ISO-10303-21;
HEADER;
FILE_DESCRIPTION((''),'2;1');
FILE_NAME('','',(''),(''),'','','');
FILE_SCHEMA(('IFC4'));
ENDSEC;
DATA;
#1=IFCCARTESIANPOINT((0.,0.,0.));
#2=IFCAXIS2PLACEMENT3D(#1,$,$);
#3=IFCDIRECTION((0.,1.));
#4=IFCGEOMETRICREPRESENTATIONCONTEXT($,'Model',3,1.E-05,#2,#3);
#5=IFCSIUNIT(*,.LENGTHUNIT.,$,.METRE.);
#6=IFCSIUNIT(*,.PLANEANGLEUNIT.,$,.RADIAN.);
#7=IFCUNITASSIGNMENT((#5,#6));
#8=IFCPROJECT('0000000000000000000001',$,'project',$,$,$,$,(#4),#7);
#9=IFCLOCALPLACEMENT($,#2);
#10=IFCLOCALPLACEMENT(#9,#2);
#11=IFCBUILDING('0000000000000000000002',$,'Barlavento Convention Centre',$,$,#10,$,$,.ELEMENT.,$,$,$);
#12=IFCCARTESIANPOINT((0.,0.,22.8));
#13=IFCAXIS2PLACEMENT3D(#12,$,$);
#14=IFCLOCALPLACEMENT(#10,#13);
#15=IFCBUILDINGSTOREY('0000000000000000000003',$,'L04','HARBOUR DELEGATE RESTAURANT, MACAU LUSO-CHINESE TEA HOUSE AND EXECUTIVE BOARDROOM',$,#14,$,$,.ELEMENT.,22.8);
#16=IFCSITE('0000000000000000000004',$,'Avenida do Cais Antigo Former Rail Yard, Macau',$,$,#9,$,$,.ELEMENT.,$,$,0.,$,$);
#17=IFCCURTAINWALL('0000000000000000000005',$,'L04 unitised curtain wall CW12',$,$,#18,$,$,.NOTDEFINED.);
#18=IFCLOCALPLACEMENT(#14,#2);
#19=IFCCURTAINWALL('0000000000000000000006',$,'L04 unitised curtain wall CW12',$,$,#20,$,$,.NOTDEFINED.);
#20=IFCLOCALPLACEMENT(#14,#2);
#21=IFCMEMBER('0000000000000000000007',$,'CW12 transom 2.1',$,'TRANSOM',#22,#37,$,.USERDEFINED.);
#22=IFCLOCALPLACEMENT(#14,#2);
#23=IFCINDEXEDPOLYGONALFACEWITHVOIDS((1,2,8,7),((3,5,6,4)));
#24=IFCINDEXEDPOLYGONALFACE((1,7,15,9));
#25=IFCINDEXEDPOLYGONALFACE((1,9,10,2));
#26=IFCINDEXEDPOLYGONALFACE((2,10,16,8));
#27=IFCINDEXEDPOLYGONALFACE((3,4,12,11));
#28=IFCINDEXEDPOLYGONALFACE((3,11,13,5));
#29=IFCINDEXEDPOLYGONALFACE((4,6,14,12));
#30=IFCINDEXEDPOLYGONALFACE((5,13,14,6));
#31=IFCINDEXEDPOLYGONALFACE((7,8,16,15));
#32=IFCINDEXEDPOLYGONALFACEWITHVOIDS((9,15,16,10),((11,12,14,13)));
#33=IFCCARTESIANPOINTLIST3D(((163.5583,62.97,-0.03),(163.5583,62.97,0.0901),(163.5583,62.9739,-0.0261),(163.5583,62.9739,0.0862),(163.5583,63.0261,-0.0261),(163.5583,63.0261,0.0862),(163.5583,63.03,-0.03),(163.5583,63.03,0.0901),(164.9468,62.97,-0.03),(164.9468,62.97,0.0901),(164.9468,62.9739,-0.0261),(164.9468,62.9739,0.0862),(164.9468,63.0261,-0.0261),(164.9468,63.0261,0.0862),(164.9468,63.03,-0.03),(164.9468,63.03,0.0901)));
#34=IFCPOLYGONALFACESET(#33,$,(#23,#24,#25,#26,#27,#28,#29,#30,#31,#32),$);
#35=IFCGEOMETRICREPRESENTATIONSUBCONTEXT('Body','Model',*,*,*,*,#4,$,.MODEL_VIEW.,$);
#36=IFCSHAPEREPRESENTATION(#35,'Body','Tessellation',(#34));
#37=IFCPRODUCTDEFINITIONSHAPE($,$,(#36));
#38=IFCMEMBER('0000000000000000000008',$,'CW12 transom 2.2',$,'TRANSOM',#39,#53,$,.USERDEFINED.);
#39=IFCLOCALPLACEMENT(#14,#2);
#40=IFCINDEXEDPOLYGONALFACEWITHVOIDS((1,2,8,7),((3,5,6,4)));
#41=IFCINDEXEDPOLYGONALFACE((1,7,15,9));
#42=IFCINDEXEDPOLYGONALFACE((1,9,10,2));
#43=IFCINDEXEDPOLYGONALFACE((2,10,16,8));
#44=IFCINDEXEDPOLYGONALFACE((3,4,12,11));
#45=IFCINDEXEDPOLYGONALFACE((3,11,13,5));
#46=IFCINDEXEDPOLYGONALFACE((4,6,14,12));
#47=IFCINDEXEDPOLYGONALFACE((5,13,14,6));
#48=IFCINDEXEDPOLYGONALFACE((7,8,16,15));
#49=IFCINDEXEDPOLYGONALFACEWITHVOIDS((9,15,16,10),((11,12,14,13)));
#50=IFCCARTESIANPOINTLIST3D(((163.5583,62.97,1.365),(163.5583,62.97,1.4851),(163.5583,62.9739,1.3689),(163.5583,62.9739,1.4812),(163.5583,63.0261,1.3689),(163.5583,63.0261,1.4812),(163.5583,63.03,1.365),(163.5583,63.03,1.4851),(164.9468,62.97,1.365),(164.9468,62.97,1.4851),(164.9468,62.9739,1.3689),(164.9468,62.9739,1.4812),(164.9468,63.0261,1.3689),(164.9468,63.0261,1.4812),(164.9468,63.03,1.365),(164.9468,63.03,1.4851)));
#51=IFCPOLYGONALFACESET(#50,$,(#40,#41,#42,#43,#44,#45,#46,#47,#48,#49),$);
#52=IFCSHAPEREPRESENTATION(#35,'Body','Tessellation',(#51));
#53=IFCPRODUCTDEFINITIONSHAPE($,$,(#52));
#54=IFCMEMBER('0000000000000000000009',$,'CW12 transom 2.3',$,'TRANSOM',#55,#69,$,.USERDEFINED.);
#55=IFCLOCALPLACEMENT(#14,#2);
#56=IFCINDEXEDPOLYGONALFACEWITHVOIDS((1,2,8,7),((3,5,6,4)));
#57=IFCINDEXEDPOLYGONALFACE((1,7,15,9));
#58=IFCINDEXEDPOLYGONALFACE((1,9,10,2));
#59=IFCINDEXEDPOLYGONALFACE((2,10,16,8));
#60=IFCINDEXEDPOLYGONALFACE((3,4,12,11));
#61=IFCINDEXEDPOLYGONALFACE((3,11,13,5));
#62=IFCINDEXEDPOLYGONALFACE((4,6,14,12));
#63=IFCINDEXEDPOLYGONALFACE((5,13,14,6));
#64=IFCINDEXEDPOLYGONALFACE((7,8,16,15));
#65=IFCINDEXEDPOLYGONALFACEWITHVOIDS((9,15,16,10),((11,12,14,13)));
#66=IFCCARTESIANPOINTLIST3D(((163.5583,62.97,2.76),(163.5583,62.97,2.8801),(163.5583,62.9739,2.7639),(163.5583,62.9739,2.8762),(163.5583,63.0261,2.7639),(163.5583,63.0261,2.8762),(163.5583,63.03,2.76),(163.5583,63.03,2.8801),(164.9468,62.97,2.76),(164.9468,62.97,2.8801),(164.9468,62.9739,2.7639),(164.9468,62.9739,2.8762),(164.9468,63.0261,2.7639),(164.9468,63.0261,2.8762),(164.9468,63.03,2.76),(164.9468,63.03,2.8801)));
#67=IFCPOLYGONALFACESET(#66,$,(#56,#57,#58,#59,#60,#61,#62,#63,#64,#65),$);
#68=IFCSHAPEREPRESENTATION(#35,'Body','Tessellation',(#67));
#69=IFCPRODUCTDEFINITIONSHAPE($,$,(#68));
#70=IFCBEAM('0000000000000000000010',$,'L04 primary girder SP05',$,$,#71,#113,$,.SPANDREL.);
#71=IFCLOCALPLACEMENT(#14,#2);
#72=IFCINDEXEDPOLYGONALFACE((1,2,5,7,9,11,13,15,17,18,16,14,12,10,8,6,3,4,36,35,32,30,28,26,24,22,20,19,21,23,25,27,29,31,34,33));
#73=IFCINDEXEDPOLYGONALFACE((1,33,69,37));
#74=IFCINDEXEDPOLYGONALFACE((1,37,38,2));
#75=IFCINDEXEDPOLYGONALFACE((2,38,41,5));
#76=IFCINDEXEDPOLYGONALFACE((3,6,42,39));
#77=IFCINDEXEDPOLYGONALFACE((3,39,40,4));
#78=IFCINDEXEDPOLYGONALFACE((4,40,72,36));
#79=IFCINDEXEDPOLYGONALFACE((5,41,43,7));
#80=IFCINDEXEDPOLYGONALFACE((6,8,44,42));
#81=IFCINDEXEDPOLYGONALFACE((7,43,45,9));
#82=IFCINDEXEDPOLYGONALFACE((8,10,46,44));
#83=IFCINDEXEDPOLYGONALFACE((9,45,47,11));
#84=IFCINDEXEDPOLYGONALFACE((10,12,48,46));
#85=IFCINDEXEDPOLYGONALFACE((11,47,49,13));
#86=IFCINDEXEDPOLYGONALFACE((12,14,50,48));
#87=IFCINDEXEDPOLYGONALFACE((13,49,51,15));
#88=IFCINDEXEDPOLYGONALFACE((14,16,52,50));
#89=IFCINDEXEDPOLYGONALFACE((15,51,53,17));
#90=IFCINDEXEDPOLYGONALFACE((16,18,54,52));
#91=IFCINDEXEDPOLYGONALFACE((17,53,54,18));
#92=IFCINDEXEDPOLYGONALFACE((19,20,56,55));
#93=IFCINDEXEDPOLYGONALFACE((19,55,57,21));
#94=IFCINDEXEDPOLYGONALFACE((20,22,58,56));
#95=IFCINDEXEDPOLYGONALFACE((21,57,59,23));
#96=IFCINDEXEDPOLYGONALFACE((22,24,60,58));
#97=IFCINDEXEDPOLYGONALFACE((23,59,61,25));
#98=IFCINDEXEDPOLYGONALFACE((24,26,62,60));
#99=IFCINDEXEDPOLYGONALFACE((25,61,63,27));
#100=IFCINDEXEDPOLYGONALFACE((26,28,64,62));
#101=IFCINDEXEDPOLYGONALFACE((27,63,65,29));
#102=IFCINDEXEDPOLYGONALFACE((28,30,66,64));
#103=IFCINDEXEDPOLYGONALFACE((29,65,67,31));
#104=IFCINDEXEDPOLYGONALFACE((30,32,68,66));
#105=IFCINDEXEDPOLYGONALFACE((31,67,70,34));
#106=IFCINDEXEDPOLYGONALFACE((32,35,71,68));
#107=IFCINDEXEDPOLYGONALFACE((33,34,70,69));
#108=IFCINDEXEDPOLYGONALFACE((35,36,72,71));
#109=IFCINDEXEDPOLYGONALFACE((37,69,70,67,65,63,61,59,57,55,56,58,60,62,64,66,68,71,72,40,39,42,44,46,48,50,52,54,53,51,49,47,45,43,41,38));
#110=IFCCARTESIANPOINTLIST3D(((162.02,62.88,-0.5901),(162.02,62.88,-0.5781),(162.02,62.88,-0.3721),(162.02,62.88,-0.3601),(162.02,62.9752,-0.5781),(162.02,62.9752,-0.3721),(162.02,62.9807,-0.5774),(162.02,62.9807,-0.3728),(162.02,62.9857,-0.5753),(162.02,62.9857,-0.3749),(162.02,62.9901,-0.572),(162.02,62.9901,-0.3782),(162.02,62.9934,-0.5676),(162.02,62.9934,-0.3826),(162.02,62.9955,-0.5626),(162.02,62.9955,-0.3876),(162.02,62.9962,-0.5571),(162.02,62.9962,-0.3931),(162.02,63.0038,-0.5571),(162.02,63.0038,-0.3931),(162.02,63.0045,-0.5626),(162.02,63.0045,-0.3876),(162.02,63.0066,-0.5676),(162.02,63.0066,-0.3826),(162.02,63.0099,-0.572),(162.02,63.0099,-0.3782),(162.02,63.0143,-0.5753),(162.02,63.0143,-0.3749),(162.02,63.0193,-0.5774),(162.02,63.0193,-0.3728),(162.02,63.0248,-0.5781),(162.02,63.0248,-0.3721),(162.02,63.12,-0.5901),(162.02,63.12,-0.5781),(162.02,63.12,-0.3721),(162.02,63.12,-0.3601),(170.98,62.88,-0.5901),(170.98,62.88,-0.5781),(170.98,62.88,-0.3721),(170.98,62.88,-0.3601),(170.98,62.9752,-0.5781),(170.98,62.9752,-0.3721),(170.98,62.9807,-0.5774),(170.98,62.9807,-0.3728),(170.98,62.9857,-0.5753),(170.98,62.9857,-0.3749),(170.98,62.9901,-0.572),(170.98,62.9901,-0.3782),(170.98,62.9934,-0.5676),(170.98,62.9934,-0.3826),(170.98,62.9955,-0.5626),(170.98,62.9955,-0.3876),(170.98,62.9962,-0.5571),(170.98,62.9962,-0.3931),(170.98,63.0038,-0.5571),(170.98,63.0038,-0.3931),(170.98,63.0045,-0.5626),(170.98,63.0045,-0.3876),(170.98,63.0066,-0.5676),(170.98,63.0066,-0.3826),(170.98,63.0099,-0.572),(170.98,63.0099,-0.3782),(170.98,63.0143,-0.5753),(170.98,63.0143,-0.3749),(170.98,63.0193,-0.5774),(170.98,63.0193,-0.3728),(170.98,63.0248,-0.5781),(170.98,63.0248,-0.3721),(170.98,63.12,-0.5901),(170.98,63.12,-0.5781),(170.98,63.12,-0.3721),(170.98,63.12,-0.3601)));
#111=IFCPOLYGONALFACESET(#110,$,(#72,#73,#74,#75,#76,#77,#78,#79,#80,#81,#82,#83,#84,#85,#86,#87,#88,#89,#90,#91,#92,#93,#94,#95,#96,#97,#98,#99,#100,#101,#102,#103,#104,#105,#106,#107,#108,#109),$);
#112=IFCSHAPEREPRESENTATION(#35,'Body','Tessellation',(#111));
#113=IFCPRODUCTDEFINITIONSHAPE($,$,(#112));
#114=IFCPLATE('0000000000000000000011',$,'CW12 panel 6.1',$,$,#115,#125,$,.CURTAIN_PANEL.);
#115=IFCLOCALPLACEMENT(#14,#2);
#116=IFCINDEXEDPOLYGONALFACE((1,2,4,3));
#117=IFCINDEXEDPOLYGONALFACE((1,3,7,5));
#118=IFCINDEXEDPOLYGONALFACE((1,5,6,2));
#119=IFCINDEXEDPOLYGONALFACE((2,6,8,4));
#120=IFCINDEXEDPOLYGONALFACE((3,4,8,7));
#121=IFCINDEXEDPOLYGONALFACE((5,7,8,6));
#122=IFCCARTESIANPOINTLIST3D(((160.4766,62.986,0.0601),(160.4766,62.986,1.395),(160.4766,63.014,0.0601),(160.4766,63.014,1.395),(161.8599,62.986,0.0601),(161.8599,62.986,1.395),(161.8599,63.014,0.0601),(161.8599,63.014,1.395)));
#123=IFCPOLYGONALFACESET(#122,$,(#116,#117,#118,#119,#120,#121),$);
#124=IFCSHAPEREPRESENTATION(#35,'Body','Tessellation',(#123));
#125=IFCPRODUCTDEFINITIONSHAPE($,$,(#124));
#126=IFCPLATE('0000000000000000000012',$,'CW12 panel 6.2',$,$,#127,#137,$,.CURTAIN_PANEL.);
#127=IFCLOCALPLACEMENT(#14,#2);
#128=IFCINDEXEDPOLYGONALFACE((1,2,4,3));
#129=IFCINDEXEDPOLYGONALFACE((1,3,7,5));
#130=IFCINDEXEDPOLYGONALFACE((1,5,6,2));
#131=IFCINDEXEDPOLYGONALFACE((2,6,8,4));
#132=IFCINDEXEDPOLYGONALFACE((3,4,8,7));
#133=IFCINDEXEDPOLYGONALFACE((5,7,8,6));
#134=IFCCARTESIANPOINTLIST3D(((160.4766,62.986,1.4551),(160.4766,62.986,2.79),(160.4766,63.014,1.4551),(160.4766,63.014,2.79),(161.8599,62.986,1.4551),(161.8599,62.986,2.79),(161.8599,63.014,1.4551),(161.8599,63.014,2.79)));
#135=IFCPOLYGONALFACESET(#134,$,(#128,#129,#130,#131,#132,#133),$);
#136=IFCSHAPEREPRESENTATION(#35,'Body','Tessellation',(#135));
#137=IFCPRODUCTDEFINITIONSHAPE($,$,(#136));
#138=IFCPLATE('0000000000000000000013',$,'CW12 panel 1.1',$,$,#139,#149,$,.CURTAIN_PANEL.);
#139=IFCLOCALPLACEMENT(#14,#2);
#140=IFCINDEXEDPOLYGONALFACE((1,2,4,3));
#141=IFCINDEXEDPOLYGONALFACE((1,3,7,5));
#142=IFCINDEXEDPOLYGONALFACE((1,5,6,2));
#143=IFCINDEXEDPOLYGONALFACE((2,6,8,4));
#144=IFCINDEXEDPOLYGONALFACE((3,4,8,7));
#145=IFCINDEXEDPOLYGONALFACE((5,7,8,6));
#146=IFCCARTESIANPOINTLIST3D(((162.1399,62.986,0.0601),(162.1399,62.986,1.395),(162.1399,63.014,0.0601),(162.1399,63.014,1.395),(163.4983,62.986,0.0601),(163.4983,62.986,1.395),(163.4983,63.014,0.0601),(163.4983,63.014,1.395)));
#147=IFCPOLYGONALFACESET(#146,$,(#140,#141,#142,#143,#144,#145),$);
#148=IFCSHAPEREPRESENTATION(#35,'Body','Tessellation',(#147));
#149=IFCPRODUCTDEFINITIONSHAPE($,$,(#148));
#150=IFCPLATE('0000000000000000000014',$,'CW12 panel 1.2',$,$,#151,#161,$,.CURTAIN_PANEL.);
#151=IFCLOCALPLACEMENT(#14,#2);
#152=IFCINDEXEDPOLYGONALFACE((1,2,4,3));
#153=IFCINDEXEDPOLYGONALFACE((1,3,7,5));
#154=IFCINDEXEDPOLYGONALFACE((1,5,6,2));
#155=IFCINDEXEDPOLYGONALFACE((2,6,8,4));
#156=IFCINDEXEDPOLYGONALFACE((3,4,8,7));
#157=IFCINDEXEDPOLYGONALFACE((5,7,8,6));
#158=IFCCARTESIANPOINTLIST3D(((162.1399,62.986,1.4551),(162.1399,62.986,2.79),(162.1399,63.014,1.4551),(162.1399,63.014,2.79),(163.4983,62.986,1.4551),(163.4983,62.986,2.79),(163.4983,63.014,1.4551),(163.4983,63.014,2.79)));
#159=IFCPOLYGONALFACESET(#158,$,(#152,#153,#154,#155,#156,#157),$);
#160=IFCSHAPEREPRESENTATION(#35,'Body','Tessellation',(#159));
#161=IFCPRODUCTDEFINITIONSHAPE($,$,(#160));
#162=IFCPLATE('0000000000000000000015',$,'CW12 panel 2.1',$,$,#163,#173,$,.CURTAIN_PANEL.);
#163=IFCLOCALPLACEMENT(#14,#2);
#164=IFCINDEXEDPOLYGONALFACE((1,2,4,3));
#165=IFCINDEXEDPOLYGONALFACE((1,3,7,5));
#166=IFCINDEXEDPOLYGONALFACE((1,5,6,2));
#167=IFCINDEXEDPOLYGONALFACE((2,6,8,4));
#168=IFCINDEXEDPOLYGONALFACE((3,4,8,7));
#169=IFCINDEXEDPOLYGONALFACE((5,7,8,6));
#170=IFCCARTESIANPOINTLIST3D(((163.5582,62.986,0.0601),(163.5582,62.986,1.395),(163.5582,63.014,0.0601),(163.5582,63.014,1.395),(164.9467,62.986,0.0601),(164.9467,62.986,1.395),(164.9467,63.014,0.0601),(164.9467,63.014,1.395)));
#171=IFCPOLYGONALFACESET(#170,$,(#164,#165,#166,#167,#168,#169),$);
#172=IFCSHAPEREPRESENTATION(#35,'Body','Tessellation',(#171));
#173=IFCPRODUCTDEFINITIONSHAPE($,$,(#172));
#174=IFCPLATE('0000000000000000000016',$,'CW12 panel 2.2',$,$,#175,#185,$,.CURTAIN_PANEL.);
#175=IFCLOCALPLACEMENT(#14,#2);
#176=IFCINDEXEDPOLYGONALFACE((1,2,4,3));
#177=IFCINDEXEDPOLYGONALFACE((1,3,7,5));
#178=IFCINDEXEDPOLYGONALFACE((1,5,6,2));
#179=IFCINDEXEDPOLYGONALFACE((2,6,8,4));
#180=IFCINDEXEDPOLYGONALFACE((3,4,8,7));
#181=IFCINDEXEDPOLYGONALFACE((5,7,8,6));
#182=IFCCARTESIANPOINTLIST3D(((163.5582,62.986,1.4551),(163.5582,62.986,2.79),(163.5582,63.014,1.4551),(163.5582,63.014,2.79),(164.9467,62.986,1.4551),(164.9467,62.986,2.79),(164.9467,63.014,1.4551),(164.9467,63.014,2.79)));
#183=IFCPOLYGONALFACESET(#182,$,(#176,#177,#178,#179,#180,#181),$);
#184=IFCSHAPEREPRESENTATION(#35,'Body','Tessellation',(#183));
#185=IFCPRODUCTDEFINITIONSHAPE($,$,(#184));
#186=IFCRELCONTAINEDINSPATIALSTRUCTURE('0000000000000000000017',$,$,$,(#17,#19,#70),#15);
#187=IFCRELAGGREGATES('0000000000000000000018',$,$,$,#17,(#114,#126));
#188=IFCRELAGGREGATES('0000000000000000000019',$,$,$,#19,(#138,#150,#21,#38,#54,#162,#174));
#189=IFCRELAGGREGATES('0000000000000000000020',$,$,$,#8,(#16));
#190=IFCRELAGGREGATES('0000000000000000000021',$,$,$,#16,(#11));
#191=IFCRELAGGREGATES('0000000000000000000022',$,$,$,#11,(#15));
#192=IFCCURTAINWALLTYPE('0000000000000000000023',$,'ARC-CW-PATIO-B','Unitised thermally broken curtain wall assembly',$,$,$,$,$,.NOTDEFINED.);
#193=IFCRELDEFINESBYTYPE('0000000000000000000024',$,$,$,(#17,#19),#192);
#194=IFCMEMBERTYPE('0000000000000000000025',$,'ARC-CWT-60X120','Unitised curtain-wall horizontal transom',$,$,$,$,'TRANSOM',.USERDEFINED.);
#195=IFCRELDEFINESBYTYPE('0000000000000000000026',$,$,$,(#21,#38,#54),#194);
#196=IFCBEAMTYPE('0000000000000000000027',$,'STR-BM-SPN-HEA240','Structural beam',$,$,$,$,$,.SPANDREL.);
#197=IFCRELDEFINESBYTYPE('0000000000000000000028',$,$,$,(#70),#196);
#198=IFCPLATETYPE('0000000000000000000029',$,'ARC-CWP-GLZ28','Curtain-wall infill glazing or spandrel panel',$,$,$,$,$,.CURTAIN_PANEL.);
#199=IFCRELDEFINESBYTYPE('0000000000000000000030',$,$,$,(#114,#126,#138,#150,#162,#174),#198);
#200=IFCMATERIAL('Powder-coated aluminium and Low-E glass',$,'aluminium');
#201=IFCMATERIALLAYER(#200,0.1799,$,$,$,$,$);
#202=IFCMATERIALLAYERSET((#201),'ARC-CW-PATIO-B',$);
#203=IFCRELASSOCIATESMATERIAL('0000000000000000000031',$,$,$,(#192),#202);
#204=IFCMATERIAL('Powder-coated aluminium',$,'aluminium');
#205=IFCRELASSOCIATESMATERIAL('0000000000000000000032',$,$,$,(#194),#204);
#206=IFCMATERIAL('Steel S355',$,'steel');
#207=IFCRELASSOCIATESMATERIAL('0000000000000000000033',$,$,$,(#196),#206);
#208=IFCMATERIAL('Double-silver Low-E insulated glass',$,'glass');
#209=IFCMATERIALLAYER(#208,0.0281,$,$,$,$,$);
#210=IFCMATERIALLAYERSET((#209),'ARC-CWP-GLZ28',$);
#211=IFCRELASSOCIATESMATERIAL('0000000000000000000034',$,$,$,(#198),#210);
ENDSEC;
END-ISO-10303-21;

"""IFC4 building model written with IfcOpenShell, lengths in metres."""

from ifc_helpers import new_model, si_unit, direction, frame, origin, origin_2d, place, context, subcontext, project, spatial, rectangle, hollow_rectangle, i_section, extrude, material, layer, layer_set, material_profile, profile_set, type_object, element, aggregate, save


model = new_model("IFC4")

# Units and contexts
model_context = context("Model", 3, precision=1e-05, world=origin(), true_north=direction((0.0, 1.0)))
body_context = subcontext(model_context, "Body", "Model", "MODEL_VIEW")
ifc_project = project(units=[si_unit("LENGTHUNIT", "METRE"), si_unit("PLANEANGLEUNIT", "RADIAN")], contexts=[model_context])

# Site, building, storey
site_placement = place(None, origin())
site = spatial("IfcSite", under=ifc_project, at=site_placement, Name="Avenida do Cais Antigo Former Rail Yard, Macau", CompositionType="ELEMENT", RefElevation=0.0)
building_placement = place(site_placement, origin())
building = spatial("IfcBuilding", under=site, at=building_placement, Name="Barlavento Convention Centre", CompositionType="ELEMENT")
storey_placement = place(building_placement, frame((0.0, 0.0, 22.8)))
storey = spatial("IfcBuildingStorey", under=building, at=storey_placement, Name="L04", Description="HARBOUR DELEGATE RESTAURANT, MACAU LUSO-CHINESE TEA HOUSE AND EXECUTIVE BOARDROOM", CompositionType="ELEMENT", Elevation=22.8)

# Curtain walls
ifc_material_1 = material(Name="Powder-coated aluminium and Low-E glass", Category="aluminium")
ifc_layer_1 = layer(ifc_material_1, 0.1799)
ifc_layer_set_1 = layer_set([ifc_layer_1], Name="ARC-CW-PATIO-B")
curtain_wall_type = type_object("IfcCurtainWallType", Name="ARC-CW-PATIO-B", Description="Unitised thermally broken curtain wall assembly", PredefinedType="NOTDEFINED", material=ifc_layer_set_1)
curtain_wall_1_placement = place(storey_placement, origin())
curtain_wall_1 = element("IfcCurtainWall", 1, at=curtain_wall_1_placement, inside=storey, type_object=curtain_wall_type, Name="L04 unitised curtain wall CW12", PredefinedType="NOTDEFINED")
ifc_material_2 = material(Name="Powder-coated aluminium", Category="aluminium")
curtain_wall_2_placement = place(storey_placement, origin())
curtain_wall_2 = element("IfcCurtainWall", 2, at=curtain_wall_2_placement, inside=storey, type_object=curtain_wall_type, Name="L04 unitised curtain wall CW12", PredefinedType="NOTDEFINED")

# Members
ifc_material_profile_1 = material_profile(ifc_material_2, hollow_rectangle(XDim=0.0601, YDim=0.1201, WallThickness=0.0039, at=origin_2d()), Name="AL-TRAN 60x120x4")
ifc_profile_set_1 = profile_set([ifc_material_profile_1], Name="Powder-coated aluminium")
member_type_1 = type_object("IfcMemberType", Name="ARC-CWT-60X120", Description="Unitised curtain-wall horizontal transom", ElementType="TRANSOM", PredefinedType="USERDEFINED", material=ifc_profile_set_1)
member_1_placement = place(storey_placement, frame((163.5583, 63.0, 0.03), z_axis=(1.0, 0.0, 0.0), x_axis=(0.0, 1.0, 0.0)))
member_1 = element("IfcMember", 3, at=member_1_placement, type_object=member_type_1, Name="CW12 transom 2.1", ObjectType="TRANSOM", PredefinedType="USERDEFINED", context=body_context, shape_type="SweptSolid", body=[
    extrude(hollow_rectangle(XDim=0.0601, YDim=0.1201, WallThickness=0.0039, at=origin_2d()), origin(), (0.0, 0.0, 1.0), 1.3884),
])
member_2_placement = place(storey_placement, frame((163.5583, 63.0, 1.425), z_axis=(1.0, 0.0, 0.0), x_axis=(0.0, 1.0, 0.0)))
member_2 = element("IfcMember", 4, at=member_2_placement, type_object=member_type_1, Name="CW12 transom 2.2", ObjectType="TRANSOM", PredefinedType="USERDEFINED", context=body_context, shape_type="SweptSolid", body=[
    extrude(hollow_rectangle(XDim=0.0601, YDim=0.1201, WallThickness=0.0039, at=origin_2d()), origin(), (0.0, 0.0, 1.0), 1.3884),
])
member_3_placement = place(storey_placement, frame((163.5583, 63.0, 2.8201), z_axis=(1.0, 0.0, 0.0), x_axis=(0.0, 1.0, 0.0)))
member_3 = element("IfcMember", 5, at=member_3_placement, type_object=member_type_1, Name="CW12 transom 2.3", ObjectType="TRANSOM", PredefinedType="USERDEFINED", context=body_context, shape_type="SweptSolid", body=[
    extrude(hollow_rectangle(XDim=0.0601, YDim=0.1201, WallThickness=0.0039, at=origin_2d()), origin(), (0.0, 0.0, 1.0), 1.3884),
])

# Beam
ifc_material_3 = material(Name="Steel S355", Category="steel")
ifc_material_profile_2 = material_profile(ifc_material_3, i_section(OverallWidth=0.24, OverallDepth=0.23, WebThickness=0.0076, FlangeThickness=0.012, FilletRadius=0.021, at=origin_2d()), Name="HEA 240")
ifc_profile_set_2 = profile_set([ifc_material_profile_2], Name="Steel S355")
beam_type = type_object("IfcBeamType", Name="STR-BM-SPN-HEA240", Description="Structural beam", PredefinedType="SPANDREL", material=ifc_profile_set_2)
beam_placement = place(storey_placement, frame((162.02, 63.0, -0.4751), z_axis=(1.0, 0.0, 0.0), x_axis=(0.0, 1.0, 0.0)))
element("IfcBeam", 6, at=beam_placement, inside=storey, type_object=beam_type, Name="L04 primary girder SP05", PredefinedType="SPANDREL", context=body_context, shape_type="SweptSolid", body=[
    extrude(i_section(OverallWidth=0.24, OverallDepth=0.23, WebThickness=0.0076, FlangeThickness=0.012, FilletRadius=0.021, at=origin_2d()), origin(), (0.0, 0.0, 1.0), 8.96),
])

# Plates
ifc_material_4 = material(Name="Double-silver Low-E insulated glass", Category="glass")
ifc_layer_2 = layer(ifc_material_4, 0.0281)
ifc_layer_set_2 = layer_set([ifc_layer_2], Name="ARC-CWP-GLZ28")
plate_type = type_object("IfcPlateType", Name="ARC-CWP-GLZ28", Description="Curtain-wall infill glazing or spandrel panel", PredefinedType="CURTAIN_PANEL", material=ifc_layer_set_2)
plate_1_placement = place(storey_placement, frame((161.1682, 63.0, 0.0601), z_axis=(0.0, 0.0, 1.0), x_axis=(1.0, 0.0, 0.0)))
plate_1 = element("IfcPlate", 7, at=plate_1_placement, type_object=plate_type, Name="CW12 panel 6.1", PredefinedType="CURTAIN_PANEL", context=body_context, shape_type="SweptSolid", body=[
    extrude(rectangle(XDim=1.3833, YDim=0.0281, at=origin_2d()), origin(), (0.0, 0.0, 1.0), 1.335),
])
plate_2_placement = place(storey_placement, frame((161.1682, 63.0, 1.4551), z_axis=(0.0, 0.0, 1.0), x_axis=(1.0, 0.0, 0.0)))
plate_2 = element("IfcPlate", 8, at=plate_2_placement, type_object=plate_type, Name="CW12 panel 6.2", PredefinedType="CURTAIN_PANEL", context=body_context, shape_type="SweptSolid", body=[
    extrude(rectangle(XDim=1.3833, YDim=0.0281, at=origin_2d()), origin(), (0.0, 0.0, 1.0), 1.335),
])
aggregate(curtain_wall_1, [plate_1, plate_2])
plate_3_placement = place(storey_placement, frame((162.8191, 63.0, 0.0601), z_axis=(0.0, 0.0, 1.0), x_axis=(1.0, 0.0, 0.0)))
plate_3 = element("IfcPlate", 9, at=plate_3_placement, type_object=plate_type, Name="CW12 panel 1.1", PredefinedType="CURTAIN_PANEL", context=body_context, shape_type="SweptSolid", body=[
    extrude(rectangle(XDim=1.3584, YDim=0.0281, at=origin_2d()), origin(), (0.0, 0.0, 1.0), 1.335),
])
plate_4_placement = place(storey_placement, frame((162.8191, 63.0, 1.4551), z_axis=(0.0, 0.0, 1.0), x_axis=(1.0, 0.0, 0.0)))
plate_4 = element("IfcPlate", 10, at=plate_4_placement, type_object=plate_type, Name="CW12 panel 1.2", PredefinedType="CURTAIN_PANEL", context=body_context, shape_type="SweptSolid", body=[
    extrude(rectangle(XDim=1.3584, YDim=0.0281, at=origin_2d()), origin(), (0.0, 0.0, 1.0), 1.335),
])
plate_5_placement = place(storey_placement, frame((164.2524, 63.0, 0.0601), z_axis=(0.0, 0.0, 1.0), x_axis=(1.0, 0.0, 0.0)))
plate_5 = element("IfcPlate", 11, at=plate_5_placement, type_object=plate_type, Name="CW12 panel 2.1", PredefinedType="CURTAIN_PANEL", context=body_context, shape_type="SweptSolid", body=[
    extrude(rectangle(XDim=1.3884, YDim=0.0281, at=origin_2d()), origin(), (0.0, 0.0, 1.0), 1.335),
])
plate_6_placement = place(storey_placement, frame((164.2524, 63.0, 1.4551), z_axis=(0.0, 0.0, 1.0), x_axis=(1.0, 0.0, 0.0)))
plate_6 = element("IfcPlate", 12, at=plate_6_placement, type_object=plate_type, Name="CW12 panel 2.2", PredefinedType="CURTAIN_PANEL", context=body_context, shape_type="SweptSolid", body=[
    extrude(rectangle(XDim=1.3884, YDim=0.0281, at=origin_2d()), origin(), (0.0, 0.0, 1.0), 1.335),
])
aggregate(curtain_wall_2, [plate_3, plate_4, member_1, member_2, member_3, plate_5, plate_6])

save(model, "model.ifc")
